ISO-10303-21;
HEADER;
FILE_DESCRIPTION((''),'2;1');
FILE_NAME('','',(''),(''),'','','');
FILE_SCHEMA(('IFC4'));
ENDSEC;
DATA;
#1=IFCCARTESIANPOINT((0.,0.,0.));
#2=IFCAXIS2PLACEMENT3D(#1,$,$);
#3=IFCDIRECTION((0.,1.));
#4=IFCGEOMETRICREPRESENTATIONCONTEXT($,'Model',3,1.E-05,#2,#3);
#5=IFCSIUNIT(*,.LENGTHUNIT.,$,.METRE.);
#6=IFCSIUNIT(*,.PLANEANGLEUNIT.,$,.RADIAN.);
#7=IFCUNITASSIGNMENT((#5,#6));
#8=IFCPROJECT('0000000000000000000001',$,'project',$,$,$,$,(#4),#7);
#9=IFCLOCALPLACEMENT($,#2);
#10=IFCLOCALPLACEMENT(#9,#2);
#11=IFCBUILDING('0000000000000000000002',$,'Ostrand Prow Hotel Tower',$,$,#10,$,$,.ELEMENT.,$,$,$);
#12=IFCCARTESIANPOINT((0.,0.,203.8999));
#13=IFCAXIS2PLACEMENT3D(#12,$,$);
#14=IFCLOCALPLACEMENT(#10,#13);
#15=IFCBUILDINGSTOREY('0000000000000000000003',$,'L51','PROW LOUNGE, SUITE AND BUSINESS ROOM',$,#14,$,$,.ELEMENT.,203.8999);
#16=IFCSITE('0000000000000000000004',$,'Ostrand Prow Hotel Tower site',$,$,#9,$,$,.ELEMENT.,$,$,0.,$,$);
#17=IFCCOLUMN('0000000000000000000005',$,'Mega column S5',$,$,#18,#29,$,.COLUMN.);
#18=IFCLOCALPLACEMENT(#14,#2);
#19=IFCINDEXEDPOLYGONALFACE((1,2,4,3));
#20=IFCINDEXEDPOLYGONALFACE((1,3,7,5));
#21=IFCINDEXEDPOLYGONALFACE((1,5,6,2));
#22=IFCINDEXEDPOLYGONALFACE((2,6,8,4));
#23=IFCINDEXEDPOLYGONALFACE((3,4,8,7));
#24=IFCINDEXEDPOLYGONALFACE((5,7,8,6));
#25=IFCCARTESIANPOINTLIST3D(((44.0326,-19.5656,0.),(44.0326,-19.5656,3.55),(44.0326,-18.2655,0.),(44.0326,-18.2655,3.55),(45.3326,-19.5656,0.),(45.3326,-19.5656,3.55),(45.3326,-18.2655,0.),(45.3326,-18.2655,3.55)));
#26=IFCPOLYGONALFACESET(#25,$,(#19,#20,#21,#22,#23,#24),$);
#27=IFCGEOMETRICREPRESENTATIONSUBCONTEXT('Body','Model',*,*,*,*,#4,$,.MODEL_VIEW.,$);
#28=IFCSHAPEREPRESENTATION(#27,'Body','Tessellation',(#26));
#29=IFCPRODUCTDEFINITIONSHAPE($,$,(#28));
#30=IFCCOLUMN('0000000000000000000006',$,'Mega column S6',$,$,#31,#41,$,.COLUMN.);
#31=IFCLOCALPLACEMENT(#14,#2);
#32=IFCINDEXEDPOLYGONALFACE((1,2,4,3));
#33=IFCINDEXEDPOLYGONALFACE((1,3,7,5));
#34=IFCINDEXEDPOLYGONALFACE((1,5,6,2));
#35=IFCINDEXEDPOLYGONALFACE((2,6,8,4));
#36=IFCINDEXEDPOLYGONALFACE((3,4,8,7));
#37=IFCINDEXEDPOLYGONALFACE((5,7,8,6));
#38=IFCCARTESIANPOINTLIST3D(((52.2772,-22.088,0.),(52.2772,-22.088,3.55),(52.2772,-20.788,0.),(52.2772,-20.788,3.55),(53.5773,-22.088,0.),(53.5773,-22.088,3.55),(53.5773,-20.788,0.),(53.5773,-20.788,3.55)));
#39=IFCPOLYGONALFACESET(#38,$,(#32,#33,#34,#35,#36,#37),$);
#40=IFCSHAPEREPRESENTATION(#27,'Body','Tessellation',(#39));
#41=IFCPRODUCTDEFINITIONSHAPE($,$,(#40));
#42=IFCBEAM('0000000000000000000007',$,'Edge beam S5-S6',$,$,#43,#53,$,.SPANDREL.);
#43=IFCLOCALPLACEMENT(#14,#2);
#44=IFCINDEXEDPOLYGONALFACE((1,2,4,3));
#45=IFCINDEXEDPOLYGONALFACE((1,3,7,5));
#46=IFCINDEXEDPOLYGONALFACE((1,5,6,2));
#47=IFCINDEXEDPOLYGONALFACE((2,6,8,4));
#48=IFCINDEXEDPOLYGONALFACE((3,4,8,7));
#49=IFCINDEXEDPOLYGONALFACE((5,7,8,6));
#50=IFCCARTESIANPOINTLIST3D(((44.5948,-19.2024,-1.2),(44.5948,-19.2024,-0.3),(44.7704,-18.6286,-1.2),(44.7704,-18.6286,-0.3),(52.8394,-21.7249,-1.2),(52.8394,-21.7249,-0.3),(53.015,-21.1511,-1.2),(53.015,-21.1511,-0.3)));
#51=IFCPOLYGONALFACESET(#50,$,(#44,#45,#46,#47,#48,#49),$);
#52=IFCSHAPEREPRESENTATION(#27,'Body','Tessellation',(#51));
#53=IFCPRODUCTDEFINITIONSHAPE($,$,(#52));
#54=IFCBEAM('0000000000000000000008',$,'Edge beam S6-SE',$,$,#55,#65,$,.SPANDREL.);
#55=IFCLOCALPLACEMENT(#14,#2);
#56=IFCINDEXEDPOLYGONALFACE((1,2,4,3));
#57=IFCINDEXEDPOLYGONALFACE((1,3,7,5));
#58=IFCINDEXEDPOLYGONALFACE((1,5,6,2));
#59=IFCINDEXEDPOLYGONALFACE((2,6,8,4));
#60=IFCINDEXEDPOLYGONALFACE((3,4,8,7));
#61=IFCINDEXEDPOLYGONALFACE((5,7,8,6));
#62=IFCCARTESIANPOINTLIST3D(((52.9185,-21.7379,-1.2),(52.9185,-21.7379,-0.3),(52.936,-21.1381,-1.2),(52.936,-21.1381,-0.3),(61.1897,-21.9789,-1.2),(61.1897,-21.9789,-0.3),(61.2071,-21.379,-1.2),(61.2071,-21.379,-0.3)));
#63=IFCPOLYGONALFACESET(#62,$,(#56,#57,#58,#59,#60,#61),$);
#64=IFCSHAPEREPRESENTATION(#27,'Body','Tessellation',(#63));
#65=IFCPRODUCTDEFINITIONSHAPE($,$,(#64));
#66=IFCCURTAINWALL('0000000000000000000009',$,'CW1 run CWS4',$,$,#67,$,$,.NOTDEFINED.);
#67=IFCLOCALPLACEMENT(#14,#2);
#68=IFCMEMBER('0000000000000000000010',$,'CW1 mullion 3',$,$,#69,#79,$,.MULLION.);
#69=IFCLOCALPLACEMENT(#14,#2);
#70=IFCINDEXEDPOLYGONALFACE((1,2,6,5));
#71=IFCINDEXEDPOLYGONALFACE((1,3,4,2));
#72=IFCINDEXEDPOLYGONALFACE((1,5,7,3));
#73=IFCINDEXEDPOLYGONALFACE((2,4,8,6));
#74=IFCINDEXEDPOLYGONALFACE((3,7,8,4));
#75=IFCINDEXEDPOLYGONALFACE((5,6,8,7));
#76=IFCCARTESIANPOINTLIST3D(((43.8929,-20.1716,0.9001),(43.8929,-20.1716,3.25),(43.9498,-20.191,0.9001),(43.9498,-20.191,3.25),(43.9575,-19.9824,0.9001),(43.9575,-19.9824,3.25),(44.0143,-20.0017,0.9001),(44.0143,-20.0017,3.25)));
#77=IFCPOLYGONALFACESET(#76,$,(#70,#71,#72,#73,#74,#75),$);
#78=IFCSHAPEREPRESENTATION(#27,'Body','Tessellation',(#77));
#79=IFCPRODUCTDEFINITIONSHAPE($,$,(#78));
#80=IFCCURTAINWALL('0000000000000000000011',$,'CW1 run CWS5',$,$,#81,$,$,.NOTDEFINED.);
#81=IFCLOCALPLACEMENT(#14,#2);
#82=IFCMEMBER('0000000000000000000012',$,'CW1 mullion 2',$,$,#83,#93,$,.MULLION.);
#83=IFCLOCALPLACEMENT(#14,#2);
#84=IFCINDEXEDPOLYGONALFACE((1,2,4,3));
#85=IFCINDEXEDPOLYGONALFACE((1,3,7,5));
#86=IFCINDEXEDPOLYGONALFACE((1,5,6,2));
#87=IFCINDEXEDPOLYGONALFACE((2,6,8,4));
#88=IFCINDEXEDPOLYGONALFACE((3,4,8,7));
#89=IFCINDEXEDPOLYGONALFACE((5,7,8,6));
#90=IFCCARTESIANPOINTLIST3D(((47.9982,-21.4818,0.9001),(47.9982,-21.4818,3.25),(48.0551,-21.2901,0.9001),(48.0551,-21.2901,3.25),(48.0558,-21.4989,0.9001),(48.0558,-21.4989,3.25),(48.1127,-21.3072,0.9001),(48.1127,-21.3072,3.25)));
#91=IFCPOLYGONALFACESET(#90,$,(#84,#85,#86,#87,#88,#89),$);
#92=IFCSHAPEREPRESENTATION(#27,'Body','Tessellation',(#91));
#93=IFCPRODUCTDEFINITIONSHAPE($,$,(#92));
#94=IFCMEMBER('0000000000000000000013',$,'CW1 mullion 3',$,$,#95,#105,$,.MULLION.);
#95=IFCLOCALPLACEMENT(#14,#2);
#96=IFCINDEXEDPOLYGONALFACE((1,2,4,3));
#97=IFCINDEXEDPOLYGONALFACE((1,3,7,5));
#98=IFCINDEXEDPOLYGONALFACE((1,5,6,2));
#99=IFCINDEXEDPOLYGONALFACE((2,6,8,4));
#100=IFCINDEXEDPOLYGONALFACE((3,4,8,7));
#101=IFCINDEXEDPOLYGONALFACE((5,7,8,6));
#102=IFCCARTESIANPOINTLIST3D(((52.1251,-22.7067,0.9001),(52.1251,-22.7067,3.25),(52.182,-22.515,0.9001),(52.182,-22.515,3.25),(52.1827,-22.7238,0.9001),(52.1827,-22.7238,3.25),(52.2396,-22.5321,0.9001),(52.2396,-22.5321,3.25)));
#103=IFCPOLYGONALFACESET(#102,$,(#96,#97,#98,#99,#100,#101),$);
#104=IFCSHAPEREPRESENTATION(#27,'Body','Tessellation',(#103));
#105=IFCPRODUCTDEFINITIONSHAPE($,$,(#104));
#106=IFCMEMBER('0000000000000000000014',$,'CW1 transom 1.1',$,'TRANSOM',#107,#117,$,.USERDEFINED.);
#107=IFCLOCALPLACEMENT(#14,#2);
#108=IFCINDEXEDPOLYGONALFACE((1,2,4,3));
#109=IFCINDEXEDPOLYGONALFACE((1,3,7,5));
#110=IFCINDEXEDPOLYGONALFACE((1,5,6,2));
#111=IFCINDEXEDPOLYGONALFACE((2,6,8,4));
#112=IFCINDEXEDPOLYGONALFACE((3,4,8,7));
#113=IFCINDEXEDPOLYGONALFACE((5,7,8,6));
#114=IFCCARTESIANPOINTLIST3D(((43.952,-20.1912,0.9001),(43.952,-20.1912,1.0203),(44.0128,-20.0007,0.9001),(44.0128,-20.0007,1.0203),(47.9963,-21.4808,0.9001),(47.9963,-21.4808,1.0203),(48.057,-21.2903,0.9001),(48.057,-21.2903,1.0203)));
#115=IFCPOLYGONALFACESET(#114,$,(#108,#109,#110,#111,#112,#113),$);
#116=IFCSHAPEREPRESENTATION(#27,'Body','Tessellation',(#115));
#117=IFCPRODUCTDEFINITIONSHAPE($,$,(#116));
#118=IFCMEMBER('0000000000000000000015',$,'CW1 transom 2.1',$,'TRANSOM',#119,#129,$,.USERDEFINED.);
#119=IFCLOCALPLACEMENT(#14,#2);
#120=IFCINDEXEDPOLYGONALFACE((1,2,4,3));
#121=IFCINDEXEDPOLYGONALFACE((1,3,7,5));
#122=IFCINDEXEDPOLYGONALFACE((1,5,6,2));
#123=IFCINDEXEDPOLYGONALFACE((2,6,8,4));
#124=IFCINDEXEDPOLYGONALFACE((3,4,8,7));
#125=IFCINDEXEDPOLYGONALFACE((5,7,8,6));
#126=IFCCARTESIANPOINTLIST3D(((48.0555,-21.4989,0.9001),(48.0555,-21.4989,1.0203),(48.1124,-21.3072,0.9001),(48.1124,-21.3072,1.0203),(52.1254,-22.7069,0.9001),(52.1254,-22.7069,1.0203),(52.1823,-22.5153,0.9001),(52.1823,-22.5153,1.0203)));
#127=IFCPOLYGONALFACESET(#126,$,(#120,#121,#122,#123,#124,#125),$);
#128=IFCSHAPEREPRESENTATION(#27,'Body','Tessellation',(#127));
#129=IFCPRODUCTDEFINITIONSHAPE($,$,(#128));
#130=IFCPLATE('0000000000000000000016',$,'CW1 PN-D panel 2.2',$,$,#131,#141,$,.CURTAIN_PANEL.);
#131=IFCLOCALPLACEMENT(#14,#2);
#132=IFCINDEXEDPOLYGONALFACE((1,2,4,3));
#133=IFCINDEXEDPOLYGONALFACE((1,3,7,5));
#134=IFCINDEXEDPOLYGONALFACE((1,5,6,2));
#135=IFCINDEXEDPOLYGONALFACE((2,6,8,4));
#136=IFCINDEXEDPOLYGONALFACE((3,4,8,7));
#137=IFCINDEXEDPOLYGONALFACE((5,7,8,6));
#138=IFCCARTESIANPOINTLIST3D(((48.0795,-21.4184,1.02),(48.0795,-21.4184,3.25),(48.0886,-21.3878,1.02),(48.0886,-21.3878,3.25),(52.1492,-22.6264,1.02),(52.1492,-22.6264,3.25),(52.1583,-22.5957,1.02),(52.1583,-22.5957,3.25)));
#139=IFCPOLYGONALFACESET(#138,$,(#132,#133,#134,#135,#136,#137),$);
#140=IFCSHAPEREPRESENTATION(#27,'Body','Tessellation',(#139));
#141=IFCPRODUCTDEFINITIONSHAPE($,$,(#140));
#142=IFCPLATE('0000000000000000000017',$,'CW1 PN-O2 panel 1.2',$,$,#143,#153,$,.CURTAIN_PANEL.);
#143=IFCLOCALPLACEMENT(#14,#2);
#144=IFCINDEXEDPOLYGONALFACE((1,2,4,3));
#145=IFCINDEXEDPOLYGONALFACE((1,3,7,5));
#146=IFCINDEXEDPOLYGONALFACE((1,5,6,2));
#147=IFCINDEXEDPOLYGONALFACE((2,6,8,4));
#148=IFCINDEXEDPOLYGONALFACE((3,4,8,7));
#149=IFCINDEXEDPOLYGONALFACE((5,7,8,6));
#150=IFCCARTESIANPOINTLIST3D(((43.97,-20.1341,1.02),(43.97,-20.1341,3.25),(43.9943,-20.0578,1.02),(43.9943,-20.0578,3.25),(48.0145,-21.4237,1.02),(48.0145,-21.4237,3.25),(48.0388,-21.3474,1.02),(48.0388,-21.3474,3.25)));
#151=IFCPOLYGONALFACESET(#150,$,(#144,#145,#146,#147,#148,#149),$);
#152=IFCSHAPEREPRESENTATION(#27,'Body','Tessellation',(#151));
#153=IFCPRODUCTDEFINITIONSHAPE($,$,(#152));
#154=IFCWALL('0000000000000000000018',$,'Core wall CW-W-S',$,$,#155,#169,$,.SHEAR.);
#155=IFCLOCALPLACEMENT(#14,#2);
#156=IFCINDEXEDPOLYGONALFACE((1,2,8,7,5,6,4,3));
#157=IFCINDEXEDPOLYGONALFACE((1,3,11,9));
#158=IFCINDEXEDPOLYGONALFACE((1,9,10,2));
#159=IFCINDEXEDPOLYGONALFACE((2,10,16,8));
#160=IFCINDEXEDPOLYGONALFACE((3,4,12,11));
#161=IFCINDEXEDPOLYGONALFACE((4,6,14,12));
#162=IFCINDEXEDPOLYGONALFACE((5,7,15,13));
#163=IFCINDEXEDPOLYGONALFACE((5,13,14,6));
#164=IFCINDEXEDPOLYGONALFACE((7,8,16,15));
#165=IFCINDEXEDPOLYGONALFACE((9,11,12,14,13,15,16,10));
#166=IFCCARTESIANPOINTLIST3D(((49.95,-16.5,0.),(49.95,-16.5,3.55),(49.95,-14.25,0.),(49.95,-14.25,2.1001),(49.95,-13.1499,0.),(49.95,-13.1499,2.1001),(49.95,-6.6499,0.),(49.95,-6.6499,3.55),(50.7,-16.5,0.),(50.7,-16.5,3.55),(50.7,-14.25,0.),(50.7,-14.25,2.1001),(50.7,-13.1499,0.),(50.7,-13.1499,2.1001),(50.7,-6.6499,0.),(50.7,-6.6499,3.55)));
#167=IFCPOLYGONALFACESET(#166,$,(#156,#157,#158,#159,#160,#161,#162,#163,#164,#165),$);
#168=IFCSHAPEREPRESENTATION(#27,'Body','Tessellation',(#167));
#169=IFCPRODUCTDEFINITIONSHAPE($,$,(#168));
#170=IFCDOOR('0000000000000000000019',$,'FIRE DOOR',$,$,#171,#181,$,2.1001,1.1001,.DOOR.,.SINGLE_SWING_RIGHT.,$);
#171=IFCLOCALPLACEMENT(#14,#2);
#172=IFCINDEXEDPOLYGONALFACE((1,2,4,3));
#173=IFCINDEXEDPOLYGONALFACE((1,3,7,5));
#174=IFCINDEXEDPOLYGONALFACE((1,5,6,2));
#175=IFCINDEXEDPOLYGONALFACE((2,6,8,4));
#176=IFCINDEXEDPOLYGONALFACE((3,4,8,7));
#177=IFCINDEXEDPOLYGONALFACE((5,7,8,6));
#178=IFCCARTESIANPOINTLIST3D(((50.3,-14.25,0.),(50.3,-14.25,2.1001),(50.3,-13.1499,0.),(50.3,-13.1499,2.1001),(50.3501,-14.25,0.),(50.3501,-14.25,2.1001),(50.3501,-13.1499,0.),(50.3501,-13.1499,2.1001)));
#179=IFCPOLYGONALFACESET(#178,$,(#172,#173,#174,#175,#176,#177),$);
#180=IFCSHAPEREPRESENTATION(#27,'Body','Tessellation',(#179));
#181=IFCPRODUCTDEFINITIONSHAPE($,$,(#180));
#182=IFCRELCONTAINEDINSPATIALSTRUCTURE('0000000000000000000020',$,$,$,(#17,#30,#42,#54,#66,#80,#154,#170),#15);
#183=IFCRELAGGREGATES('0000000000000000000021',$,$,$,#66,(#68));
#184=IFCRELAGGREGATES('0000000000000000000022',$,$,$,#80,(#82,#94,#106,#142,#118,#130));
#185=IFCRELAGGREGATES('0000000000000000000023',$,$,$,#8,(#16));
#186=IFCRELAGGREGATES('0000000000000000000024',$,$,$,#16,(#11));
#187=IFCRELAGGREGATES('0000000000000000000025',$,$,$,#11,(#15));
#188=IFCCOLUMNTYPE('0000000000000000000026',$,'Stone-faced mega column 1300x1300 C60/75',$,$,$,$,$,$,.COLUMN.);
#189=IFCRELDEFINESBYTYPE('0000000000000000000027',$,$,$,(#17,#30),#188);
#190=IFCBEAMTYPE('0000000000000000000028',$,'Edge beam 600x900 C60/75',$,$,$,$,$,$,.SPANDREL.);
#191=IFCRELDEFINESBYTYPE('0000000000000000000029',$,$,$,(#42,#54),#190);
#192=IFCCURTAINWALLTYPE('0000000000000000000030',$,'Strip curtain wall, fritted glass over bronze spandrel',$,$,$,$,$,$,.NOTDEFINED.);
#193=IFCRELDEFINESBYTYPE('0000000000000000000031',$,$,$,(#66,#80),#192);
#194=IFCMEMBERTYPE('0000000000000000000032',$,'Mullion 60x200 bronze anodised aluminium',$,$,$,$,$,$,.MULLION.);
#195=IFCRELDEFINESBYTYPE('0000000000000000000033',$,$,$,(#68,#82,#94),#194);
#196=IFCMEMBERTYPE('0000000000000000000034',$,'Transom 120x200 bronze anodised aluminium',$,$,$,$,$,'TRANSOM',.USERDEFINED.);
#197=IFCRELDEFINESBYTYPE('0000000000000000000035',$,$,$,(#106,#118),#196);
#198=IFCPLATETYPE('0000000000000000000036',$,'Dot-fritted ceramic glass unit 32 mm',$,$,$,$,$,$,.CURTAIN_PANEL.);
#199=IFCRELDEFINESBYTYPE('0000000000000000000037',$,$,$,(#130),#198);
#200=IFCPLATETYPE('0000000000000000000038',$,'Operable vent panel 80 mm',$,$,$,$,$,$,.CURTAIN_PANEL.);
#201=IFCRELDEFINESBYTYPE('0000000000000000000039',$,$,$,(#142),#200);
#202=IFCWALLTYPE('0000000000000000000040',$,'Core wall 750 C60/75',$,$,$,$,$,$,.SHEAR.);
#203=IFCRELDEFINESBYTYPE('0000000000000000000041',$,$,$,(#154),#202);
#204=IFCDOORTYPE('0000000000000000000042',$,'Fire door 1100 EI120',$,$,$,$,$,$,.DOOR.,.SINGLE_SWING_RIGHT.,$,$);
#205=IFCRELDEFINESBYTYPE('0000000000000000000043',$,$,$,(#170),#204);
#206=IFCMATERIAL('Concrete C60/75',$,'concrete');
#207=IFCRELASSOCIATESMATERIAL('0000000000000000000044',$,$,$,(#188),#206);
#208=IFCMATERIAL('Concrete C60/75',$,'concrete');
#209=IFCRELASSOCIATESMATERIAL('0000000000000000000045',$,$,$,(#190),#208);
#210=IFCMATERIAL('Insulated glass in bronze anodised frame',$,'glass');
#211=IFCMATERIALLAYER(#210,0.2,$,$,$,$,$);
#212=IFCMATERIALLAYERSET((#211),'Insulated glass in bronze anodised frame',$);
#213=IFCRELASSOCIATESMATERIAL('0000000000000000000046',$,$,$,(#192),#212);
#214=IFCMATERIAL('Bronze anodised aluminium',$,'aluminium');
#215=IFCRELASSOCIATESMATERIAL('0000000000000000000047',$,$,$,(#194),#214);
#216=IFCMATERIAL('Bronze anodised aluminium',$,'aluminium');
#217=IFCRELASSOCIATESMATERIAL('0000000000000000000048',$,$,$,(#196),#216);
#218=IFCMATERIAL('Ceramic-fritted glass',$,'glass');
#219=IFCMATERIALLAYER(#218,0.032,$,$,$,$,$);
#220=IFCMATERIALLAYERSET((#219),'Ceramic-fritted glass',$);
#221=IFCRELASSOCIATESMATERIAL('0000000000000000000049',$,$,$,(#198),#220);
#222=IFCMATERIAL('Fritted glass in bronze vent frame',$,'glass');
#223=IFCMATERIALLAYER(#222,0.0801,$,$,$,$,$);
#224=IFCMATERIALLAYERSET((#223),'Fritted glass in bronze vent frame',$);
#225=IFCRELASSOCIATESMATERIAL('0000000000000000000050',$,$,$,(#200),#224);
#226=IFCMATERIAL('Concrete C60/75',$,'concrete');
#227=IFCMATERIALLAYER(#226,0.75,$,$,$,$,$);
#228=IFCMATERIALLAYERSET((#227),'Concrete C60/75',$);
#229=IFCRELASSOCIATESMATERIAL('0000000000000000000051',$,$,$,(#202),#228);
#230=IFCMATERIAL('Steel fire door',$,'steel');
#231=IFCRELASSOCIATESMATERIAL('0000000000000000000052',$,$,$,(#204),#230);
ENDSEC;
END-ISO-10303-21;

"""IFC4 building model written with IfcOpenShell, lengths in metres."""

from ifc_helpers import new_model, si_unit, direction, frame, frame_2d, origin, origin_2d, place, context, subcontext, project, spatial, rectangle, extrude, material, layer, layer_set, material_profile, profile_set, type_object, element, fill, aggregate, save


model = new_model("IFC4")

# Units and contexts
model_context = context("Model", 3, precision=1e-05, world=origin(), true_north=direction((0.0, 1.0)))
body_context = subcontext(model_context, "Body", "Model", "MODEL_VIEW")
ifc_project = project(units=[si_unit("LENGTHUNIT", "METRE"), si_unit("PLANEANGLEUNIT", "RADIAN")], contexts=[model_context])

# Site, building, storey
site_placement = place(None, origin())
site = spatial("IfcSite", under=ifc_project, at=site_placement, Name="Ostrand Prow Hotel Tower site", CompositionType="ELEMENT", RefElevation=0.0)
building_placement = place(site_placement, origin())
building = spatial("IfcBuilding", under=site, at=building_placement, Name="Ostrand Prow Hotel Tower", CompositionType="ELEMENT")
storey_placement = place(building_placement, frame((0.0, 0.0, 203.8999)))
storey = spatial("IfcBuildingStorey", under=building, at=storey_placement, Name="L51", Description="PROW LOUNGE, SUITE AND BUSINESS ROOM", CompositionType="ELEMENT", Elevation=203.8999)

# Columns
ifc_material_1 = material(Name="Concrete C60/75", Category="concrete")
ifc_material_profile_1 = material_profile(ifc_material_1, rectangle(XDim=1.3, YDim=1.3, at=origin_2d()), Name="RC 1300x1300")
ifc_profile_set_1 = profile_set([ifc_material_profile_1], Name="Concrete C60/75")
column_type = type_object("IfcColumnType", Name="Stone-faced mega column 1300x1300 C60/75", PredefinedType="COLUMN", material=ifc_profile_set_1)
for number, where, z_axis, x_axis, name in (
    (1, (44.6826, -18.9155, 0.0), (0.0, 0.0, 1.0), (1.0, 0.0, 0.0), "Mega column S5"),
    (2, (52.9272, -21.438, 0.0), (0.0, 0.0, 1.0), (1.0, 0.0, 0.0), "Mega column S6"),
):
    element("IfcColumn", number, at=place(storey_placement, frame(where, z_axis=z_axis, x_axis=x_axis)), inside=storey, type_object=column_type, Name=name, PredefinedType="COLUMN", context=body_context, shape_type="SweptSolid", body=[
        extrude(rectangle(XDim=1.3, YDim=1.3, at=origin_2d()), origin(), (0.0, 0.0, 1.0), 3.55),
    ])

# Beams
ifc_material_2 = material(Name="Concrete C60/75", Category="concrete")
ifc_material_profile_2 = material_profile(ifc_material_2, rectangle(XDim=0.6001, YDim=0.8999, at=origin_2d()), Name="RC 600x900")
ifc_profile_set_2 = profile_set([ifc_material_profile_2], Name="Concrete C60/75")
beam_type = type_object("IfcBeamType", Name="Edge beam 600x900 C60/75", PredefinedType="SPANDREL", material=ifc_profile_set_2)
beam_1_placement = place(storey_placement, frame((44.6826, -18.9155, -0.75), z_axis=(0.956246, -0.292565, 0.0), x_axis=(0.292565, 0.956246, 0.0)))
element("IfcBeam", 3, at=beam_1_placement, inside=storey, type_object=beam_type, Name="Edge beam S5-S6", PredefinedType="SPANDREL", context=body_context, shape_type="SweptSolid", body=[
    extrude(rectangle(XDim=0.6001, YDim=0.8999, at=origin_2d()), origin(), (0.0, 0.0, 1.0), 8.6218),
])
beam_2_placement = place(storey_placement, frame((52.9272, -21.438, -0.75), z_axis=(0.999576, -0.029121, 0.0), x_axis=(0.029121, 0.999576, 0.0)))
element("IfcBeam", 4, at=beam_2_placement, inside=storey, type_object=beam_type, Name="Edge beam S6-SE", PredefinedType="SPANDREL", context=body_context, shape_type="SweptSolid", body=[
    extrude(rectangle(XDim=0.6001, YDim=0.8999, at=origin_2d()), origin(), (0.0, 0.0, 1.0), 8.2747),
])

# Curtain wall, member
ifc_material_3 = material(Name="Insulated glass in bronze anodised frame", Category="glass")
ifc_layer_1 = layer(ifc_material_3, 0.2)
ifc_layer_set_1 = layer_set([ifc_layer_1], Name="Insulated glass in bronze anodised frame")
curtain_wall_type = type_object("IfcCurtainWallType", Name="Strip curtain wall, fritted glass over bronze spandrel", PredefinedType="NOTDEFINED", material=ifc_layer_set_1)
curtain_wall_1_placement = place(storey_placement, origin())
curtain_wall_1 = element("IfcCurtainWall", 5, at=curtain_wall_1_placement, inside=storey, type_object=curtain_wall_type, Name="CW1 run CWS4", PredefinedType="NOTDEFINED")
ifc_material_4 = material(Name="Bronze anodised aluminium", Category="aluminium")
ifc_material_profile_3 = material_profile(ifc_material_4, rectangle(XDim=0.2, YDim=0.0601, at=origin_2d()), Name="Mullion 60x200 bronze anodised aluminium")
ifc_profile_set_3 = profile_set([ifc_material_profile_3], Name="Bronze anodised aluminium")
member_type_1 = type_object("IfcMemberType", Name="Mullion 60x200 bronze anodised aluminium", PredefinedType="MULLION", material=ifc_profile_set_3)
member_1_placement = place(storey_placement, frame((43.9536, -20.0867, 0.9001), z_axis=(0.0, 0.0, 1.0), x_axis=(0.322908, 0.94643, 0.0)))
member_1 = element("IfcMember", 6, at=member_1_placement, type_object=member_type_1, Name="CW1 mullion 3", PredefinedType="MULLION", context=body_context, shape_type="SweptSolid", body=[
    extrude(rectangle(XDim=0.2, YDim=0.0601, at=origin_2d()), origin(), (0.0, 0.0, 1.0), 2.3499),
])
aggregate(curtain_wall_1, [member_1])

# Curtain wall, members, plates
curtain_wall_2_placement = place(storey_placement, origin())
curtain_wall_2 = element("IfcCurtainWall", 7, at=curtain_wall_2_placement, inside=storey, type_object=curtain_wall_type, Name="CW1 run CWS5", PredefinedType="NOTDEFINED")
member_2_placement = place(storey_placement, frame((48.0554, -21.3945, 0.9001), z_axis=(0.0, 0.0, 1.0), x_axis=(0.284544, 0.958663, 0.0)))
member_2 = element("IfcMember", 8, at=member_2_placement, type_object=member_type_1, Name="CW1 mullion 2", PredefinedType="MULLION", context=body_context, shape_type="SweptSolid", body=[
    extrude(rectangle(XDim=0.2, YDim=0.0601, at=origin_2d()), origin(), (0.0, 0.0, 1.0), 2.3499),
])
member_3_placement = place(storey_placement, frame((52.1824, -22.6194, 0.9001), z_axis=(0.0, 0.0, 1.0), x_axis=(0.284544, 0.958663, 0.0)))
member_3 = element("IfcMember", 9, at=member_3_placement, type_object=member_type_1, Name="CW1 mullion 3", PredefinedType="MULLION", context=body_context, shape_type="SweptSolid", body=[
    extrude(rectangle(XDim=0.2, YDim=0.0601, at=origin_2d()), origin(), (0.0, 0.0, 1.0), 2.3499),
])
ifc_material_5 = material(Name="Bronze anodised aluminium", Category="aluminium")
ifc_material_profile_4 = material_profile(ifc_material_5, rectangle(XDim=0.2, YDim=0.1201, at=origin_2d()), Name="Transom 120x200 bronze anodised aluminium")
ifc_profile_set_4 = profile_set([ifc_material_profile_4], Name="Bronze anodised aluminium")
member_type_2 = type_object("IfcMemberType", Name="Transom 120x200 bronze anodised aluminium", ElementType="TRANSOM", PredefinedType="USERDEFINED", material=ifc_profile_set_4)
member_4_placement = place(storey_placement, frame((43.9824, -20.0959, 0.9602), z_axis=(0.952738, -0.303795, 0.0), x_axis=(0.303795, 0.952738, 0.0)))
member_4 = element("IfcMember", 10, at=member_4_placement, type_object=member_type_2, Name="CW1 transom 1.1", ObjectType="TRANSOM", PredefinedType="USERDEFINED", context=body_context, shape_type="SweptSolid", body=[
    extrude(rectangle(XDim=0.2, YDim=0.1201, at=origin_2d()), origin(), (0.0, 0.0, 1.0), 4.2449),
])
member_5_placement = place(storey_placement, frame((48.084, -21.4031, 0.9602), z_axis=(0.958661, -0.28455, 0.0), x_axis=(0.28455, 0.958661, 0.0)))
member_5 = element("IfcMember", 11, at=member_5_placement, type_object=member_type_2, Name="CW1 transom 2.1", ObjectType="TRANSOM", PredefinedType="USERDEFINED", context=body_context, shape_type="SweptSolid", body=[
    extrude(rectangle(XDim=0.2, YDim=0.1201, at=origin_2d()), origin(), (0.0, 0.0, 1.0), 4.2454),
])
ifc_material_6 = material(Name="Ceramic-fritted glass", Category="glass")
ifc_layer_2 = layer(ifc_material_6, 0.032)
ifc_layer_set_2 = layer_set([ifc_layer_2], Name="Ceramic-fritted glass")
plate_type_1 = type_object("IfcPlateType", Name="Dot-fritted ceramic glass unit 32 mm", PredefinedType="CURTAIN_PANEL", material=ifc_layer_set_2)
plate_1_placement = place(storey_placement, frame((50.1189, -22.0071, 1.02), z_axis=(0.0, 0.0, 1.0), x_axis=(0.958663, -0.284544, 0.0)))
plate_1 = element("IfcPlate", 12, at=plate_1_placement, type_object=plate_type_1, Name="CW1 PN-D panel 2.2", PredefinedType="CURTAIN_PANEL", context=body_context, shape_type="SweptSolid", body=[
    extrude(rectangle(XDim=4.2451, YDim=0.032, at=origin_2d()), origin(), (0.0, 0.0, 1.0), 2.23),
])
ifc_material_7 = material(Name="Fritted glass in bronze vent frame", Category="glass")
ifc_layer_3 = layer(ifc_material_7, 0.0801)
ifc_layer_set_3 = layer_set([ifc_layer_3], Name="Fritted glass in bronze vent frame")
plate_type_2 = type_object("IfcPlateType", Name="Operable vent panel 80 mm", PredefinedType="CURTAIN_PANEL", material=ifc_layer_set_3)
plate_2_placement = place(storey_placement, frame((46.0044, -20.7407, 1.02), z_axis=(0.0, 0.0, 1.0), x_axis=(0.95274, -0.303787, 0.0)))
plate_2 = element("IfcPlate", 13, at=plate_2_placement, type_object=plate_type_2, Name="CW1 PN-O2 panel 1.2", PredefinedType="CURTAIN_PANEL", context=body_context, shape_type="SweptSolid", body=[
    extrude(rectangle(XDim=4.2451, YDim=0.0801, at=origin_2d()), origin(), (0.0, 0.0, 1.0), 2.23),
])
aggregate(curtain_wall_2, [member_2, member_3, member_4, plate_2, member_5, plate_1])

# Wall, opening, door
ifc_material_8 = material(Name="Concrete C60/75", Category="concrete")
ifc_layer_4 = layer(ifc_material_8, 0.75)
ifc_layer_set_4 = layer_set([ifc_layer_4], Name="Concrete C60/75")
wall_type_1 = type_object("IfcWallType", Name="Core wall 750 C60/75", PredefinedType="SHEAR", material=ifc_layer_set_4)
wall_1_placement = place(storey_placement, frame((50.325, -16.5, 0.0), z_axis=(0.0, 0.0, 1.0), x_axis=(0.0, 1.0, 0.0)))
wall_1 = element("IfcWall", 14, at=wall_1_placement, inside=storey, type_object=wall_type_1, Name="Core wall CW-W-S", PredefinedType="SHEAR", context=body_context, shape_type="SweptSolid", body=[
    extrude(rectangle(XDim=9.8501, YDim=0.75, at=frame_2d((4.925, 0.0))), origin(), (0.0, 0.0, 1.0), 3.55),
])
opening_1_placement = place(wall_1_placement, frame((2.25, 0.0, 0.0)))
opening_1 = element("IfcOpeningElement", 15, at=opening_1_placement, cuts=wall_1, PredefinedType="OPENING", context=body_context, shape_type="SweptSolid", body=[
    extrude(rectangle(XDim=1.1001, YDim=2.1001, at=frame_2d((0.55, 1.05))), frame((0.0, 0.385, 0.0), z_axis=(0.0, -1.0, 0.0), x_axis=(1.0, 0.0, 0.0)), (0.0, 0.0, 1.0), 0.77),
])
ifc_material_9 = material(Name="Steel fire door", Category="steel")
door_type_1 = type_object("IfcDoorType", Name="Fire door 1100 EI120", OperationType="SINGLE_SWING_RIGHT", PredefinedType="DOOR", material=ifc_material_9)
door_1_placement = place(opening_1_placement, origin())
door_1 = element("IfcDoor", 16, at=door_1_placement, inside=storey, type_object=door_type_1, Name="FIRE DOOR", OperationType="SINGLE_SWING_RIGHT", OverallHeight=2.1001, OverallWidth=1.1001, PredefinedType="DOOR", context=body_context, shape_type="SweptSolid", body=[
    extrude(rectangle(XDim=1.1001, YDim=2.1001, at=frame_2d((0.55, 1.05))), frame((0.0, 0.0249, 0.0), z_axis=(0.0, -1.0, 0.0), x_axis=(1.0, 0.0, 0.0)), (0.0, 0.0, 1.0), 0.05),
])
fill(opening_1, door_1)

save(model, "model.ifc")
